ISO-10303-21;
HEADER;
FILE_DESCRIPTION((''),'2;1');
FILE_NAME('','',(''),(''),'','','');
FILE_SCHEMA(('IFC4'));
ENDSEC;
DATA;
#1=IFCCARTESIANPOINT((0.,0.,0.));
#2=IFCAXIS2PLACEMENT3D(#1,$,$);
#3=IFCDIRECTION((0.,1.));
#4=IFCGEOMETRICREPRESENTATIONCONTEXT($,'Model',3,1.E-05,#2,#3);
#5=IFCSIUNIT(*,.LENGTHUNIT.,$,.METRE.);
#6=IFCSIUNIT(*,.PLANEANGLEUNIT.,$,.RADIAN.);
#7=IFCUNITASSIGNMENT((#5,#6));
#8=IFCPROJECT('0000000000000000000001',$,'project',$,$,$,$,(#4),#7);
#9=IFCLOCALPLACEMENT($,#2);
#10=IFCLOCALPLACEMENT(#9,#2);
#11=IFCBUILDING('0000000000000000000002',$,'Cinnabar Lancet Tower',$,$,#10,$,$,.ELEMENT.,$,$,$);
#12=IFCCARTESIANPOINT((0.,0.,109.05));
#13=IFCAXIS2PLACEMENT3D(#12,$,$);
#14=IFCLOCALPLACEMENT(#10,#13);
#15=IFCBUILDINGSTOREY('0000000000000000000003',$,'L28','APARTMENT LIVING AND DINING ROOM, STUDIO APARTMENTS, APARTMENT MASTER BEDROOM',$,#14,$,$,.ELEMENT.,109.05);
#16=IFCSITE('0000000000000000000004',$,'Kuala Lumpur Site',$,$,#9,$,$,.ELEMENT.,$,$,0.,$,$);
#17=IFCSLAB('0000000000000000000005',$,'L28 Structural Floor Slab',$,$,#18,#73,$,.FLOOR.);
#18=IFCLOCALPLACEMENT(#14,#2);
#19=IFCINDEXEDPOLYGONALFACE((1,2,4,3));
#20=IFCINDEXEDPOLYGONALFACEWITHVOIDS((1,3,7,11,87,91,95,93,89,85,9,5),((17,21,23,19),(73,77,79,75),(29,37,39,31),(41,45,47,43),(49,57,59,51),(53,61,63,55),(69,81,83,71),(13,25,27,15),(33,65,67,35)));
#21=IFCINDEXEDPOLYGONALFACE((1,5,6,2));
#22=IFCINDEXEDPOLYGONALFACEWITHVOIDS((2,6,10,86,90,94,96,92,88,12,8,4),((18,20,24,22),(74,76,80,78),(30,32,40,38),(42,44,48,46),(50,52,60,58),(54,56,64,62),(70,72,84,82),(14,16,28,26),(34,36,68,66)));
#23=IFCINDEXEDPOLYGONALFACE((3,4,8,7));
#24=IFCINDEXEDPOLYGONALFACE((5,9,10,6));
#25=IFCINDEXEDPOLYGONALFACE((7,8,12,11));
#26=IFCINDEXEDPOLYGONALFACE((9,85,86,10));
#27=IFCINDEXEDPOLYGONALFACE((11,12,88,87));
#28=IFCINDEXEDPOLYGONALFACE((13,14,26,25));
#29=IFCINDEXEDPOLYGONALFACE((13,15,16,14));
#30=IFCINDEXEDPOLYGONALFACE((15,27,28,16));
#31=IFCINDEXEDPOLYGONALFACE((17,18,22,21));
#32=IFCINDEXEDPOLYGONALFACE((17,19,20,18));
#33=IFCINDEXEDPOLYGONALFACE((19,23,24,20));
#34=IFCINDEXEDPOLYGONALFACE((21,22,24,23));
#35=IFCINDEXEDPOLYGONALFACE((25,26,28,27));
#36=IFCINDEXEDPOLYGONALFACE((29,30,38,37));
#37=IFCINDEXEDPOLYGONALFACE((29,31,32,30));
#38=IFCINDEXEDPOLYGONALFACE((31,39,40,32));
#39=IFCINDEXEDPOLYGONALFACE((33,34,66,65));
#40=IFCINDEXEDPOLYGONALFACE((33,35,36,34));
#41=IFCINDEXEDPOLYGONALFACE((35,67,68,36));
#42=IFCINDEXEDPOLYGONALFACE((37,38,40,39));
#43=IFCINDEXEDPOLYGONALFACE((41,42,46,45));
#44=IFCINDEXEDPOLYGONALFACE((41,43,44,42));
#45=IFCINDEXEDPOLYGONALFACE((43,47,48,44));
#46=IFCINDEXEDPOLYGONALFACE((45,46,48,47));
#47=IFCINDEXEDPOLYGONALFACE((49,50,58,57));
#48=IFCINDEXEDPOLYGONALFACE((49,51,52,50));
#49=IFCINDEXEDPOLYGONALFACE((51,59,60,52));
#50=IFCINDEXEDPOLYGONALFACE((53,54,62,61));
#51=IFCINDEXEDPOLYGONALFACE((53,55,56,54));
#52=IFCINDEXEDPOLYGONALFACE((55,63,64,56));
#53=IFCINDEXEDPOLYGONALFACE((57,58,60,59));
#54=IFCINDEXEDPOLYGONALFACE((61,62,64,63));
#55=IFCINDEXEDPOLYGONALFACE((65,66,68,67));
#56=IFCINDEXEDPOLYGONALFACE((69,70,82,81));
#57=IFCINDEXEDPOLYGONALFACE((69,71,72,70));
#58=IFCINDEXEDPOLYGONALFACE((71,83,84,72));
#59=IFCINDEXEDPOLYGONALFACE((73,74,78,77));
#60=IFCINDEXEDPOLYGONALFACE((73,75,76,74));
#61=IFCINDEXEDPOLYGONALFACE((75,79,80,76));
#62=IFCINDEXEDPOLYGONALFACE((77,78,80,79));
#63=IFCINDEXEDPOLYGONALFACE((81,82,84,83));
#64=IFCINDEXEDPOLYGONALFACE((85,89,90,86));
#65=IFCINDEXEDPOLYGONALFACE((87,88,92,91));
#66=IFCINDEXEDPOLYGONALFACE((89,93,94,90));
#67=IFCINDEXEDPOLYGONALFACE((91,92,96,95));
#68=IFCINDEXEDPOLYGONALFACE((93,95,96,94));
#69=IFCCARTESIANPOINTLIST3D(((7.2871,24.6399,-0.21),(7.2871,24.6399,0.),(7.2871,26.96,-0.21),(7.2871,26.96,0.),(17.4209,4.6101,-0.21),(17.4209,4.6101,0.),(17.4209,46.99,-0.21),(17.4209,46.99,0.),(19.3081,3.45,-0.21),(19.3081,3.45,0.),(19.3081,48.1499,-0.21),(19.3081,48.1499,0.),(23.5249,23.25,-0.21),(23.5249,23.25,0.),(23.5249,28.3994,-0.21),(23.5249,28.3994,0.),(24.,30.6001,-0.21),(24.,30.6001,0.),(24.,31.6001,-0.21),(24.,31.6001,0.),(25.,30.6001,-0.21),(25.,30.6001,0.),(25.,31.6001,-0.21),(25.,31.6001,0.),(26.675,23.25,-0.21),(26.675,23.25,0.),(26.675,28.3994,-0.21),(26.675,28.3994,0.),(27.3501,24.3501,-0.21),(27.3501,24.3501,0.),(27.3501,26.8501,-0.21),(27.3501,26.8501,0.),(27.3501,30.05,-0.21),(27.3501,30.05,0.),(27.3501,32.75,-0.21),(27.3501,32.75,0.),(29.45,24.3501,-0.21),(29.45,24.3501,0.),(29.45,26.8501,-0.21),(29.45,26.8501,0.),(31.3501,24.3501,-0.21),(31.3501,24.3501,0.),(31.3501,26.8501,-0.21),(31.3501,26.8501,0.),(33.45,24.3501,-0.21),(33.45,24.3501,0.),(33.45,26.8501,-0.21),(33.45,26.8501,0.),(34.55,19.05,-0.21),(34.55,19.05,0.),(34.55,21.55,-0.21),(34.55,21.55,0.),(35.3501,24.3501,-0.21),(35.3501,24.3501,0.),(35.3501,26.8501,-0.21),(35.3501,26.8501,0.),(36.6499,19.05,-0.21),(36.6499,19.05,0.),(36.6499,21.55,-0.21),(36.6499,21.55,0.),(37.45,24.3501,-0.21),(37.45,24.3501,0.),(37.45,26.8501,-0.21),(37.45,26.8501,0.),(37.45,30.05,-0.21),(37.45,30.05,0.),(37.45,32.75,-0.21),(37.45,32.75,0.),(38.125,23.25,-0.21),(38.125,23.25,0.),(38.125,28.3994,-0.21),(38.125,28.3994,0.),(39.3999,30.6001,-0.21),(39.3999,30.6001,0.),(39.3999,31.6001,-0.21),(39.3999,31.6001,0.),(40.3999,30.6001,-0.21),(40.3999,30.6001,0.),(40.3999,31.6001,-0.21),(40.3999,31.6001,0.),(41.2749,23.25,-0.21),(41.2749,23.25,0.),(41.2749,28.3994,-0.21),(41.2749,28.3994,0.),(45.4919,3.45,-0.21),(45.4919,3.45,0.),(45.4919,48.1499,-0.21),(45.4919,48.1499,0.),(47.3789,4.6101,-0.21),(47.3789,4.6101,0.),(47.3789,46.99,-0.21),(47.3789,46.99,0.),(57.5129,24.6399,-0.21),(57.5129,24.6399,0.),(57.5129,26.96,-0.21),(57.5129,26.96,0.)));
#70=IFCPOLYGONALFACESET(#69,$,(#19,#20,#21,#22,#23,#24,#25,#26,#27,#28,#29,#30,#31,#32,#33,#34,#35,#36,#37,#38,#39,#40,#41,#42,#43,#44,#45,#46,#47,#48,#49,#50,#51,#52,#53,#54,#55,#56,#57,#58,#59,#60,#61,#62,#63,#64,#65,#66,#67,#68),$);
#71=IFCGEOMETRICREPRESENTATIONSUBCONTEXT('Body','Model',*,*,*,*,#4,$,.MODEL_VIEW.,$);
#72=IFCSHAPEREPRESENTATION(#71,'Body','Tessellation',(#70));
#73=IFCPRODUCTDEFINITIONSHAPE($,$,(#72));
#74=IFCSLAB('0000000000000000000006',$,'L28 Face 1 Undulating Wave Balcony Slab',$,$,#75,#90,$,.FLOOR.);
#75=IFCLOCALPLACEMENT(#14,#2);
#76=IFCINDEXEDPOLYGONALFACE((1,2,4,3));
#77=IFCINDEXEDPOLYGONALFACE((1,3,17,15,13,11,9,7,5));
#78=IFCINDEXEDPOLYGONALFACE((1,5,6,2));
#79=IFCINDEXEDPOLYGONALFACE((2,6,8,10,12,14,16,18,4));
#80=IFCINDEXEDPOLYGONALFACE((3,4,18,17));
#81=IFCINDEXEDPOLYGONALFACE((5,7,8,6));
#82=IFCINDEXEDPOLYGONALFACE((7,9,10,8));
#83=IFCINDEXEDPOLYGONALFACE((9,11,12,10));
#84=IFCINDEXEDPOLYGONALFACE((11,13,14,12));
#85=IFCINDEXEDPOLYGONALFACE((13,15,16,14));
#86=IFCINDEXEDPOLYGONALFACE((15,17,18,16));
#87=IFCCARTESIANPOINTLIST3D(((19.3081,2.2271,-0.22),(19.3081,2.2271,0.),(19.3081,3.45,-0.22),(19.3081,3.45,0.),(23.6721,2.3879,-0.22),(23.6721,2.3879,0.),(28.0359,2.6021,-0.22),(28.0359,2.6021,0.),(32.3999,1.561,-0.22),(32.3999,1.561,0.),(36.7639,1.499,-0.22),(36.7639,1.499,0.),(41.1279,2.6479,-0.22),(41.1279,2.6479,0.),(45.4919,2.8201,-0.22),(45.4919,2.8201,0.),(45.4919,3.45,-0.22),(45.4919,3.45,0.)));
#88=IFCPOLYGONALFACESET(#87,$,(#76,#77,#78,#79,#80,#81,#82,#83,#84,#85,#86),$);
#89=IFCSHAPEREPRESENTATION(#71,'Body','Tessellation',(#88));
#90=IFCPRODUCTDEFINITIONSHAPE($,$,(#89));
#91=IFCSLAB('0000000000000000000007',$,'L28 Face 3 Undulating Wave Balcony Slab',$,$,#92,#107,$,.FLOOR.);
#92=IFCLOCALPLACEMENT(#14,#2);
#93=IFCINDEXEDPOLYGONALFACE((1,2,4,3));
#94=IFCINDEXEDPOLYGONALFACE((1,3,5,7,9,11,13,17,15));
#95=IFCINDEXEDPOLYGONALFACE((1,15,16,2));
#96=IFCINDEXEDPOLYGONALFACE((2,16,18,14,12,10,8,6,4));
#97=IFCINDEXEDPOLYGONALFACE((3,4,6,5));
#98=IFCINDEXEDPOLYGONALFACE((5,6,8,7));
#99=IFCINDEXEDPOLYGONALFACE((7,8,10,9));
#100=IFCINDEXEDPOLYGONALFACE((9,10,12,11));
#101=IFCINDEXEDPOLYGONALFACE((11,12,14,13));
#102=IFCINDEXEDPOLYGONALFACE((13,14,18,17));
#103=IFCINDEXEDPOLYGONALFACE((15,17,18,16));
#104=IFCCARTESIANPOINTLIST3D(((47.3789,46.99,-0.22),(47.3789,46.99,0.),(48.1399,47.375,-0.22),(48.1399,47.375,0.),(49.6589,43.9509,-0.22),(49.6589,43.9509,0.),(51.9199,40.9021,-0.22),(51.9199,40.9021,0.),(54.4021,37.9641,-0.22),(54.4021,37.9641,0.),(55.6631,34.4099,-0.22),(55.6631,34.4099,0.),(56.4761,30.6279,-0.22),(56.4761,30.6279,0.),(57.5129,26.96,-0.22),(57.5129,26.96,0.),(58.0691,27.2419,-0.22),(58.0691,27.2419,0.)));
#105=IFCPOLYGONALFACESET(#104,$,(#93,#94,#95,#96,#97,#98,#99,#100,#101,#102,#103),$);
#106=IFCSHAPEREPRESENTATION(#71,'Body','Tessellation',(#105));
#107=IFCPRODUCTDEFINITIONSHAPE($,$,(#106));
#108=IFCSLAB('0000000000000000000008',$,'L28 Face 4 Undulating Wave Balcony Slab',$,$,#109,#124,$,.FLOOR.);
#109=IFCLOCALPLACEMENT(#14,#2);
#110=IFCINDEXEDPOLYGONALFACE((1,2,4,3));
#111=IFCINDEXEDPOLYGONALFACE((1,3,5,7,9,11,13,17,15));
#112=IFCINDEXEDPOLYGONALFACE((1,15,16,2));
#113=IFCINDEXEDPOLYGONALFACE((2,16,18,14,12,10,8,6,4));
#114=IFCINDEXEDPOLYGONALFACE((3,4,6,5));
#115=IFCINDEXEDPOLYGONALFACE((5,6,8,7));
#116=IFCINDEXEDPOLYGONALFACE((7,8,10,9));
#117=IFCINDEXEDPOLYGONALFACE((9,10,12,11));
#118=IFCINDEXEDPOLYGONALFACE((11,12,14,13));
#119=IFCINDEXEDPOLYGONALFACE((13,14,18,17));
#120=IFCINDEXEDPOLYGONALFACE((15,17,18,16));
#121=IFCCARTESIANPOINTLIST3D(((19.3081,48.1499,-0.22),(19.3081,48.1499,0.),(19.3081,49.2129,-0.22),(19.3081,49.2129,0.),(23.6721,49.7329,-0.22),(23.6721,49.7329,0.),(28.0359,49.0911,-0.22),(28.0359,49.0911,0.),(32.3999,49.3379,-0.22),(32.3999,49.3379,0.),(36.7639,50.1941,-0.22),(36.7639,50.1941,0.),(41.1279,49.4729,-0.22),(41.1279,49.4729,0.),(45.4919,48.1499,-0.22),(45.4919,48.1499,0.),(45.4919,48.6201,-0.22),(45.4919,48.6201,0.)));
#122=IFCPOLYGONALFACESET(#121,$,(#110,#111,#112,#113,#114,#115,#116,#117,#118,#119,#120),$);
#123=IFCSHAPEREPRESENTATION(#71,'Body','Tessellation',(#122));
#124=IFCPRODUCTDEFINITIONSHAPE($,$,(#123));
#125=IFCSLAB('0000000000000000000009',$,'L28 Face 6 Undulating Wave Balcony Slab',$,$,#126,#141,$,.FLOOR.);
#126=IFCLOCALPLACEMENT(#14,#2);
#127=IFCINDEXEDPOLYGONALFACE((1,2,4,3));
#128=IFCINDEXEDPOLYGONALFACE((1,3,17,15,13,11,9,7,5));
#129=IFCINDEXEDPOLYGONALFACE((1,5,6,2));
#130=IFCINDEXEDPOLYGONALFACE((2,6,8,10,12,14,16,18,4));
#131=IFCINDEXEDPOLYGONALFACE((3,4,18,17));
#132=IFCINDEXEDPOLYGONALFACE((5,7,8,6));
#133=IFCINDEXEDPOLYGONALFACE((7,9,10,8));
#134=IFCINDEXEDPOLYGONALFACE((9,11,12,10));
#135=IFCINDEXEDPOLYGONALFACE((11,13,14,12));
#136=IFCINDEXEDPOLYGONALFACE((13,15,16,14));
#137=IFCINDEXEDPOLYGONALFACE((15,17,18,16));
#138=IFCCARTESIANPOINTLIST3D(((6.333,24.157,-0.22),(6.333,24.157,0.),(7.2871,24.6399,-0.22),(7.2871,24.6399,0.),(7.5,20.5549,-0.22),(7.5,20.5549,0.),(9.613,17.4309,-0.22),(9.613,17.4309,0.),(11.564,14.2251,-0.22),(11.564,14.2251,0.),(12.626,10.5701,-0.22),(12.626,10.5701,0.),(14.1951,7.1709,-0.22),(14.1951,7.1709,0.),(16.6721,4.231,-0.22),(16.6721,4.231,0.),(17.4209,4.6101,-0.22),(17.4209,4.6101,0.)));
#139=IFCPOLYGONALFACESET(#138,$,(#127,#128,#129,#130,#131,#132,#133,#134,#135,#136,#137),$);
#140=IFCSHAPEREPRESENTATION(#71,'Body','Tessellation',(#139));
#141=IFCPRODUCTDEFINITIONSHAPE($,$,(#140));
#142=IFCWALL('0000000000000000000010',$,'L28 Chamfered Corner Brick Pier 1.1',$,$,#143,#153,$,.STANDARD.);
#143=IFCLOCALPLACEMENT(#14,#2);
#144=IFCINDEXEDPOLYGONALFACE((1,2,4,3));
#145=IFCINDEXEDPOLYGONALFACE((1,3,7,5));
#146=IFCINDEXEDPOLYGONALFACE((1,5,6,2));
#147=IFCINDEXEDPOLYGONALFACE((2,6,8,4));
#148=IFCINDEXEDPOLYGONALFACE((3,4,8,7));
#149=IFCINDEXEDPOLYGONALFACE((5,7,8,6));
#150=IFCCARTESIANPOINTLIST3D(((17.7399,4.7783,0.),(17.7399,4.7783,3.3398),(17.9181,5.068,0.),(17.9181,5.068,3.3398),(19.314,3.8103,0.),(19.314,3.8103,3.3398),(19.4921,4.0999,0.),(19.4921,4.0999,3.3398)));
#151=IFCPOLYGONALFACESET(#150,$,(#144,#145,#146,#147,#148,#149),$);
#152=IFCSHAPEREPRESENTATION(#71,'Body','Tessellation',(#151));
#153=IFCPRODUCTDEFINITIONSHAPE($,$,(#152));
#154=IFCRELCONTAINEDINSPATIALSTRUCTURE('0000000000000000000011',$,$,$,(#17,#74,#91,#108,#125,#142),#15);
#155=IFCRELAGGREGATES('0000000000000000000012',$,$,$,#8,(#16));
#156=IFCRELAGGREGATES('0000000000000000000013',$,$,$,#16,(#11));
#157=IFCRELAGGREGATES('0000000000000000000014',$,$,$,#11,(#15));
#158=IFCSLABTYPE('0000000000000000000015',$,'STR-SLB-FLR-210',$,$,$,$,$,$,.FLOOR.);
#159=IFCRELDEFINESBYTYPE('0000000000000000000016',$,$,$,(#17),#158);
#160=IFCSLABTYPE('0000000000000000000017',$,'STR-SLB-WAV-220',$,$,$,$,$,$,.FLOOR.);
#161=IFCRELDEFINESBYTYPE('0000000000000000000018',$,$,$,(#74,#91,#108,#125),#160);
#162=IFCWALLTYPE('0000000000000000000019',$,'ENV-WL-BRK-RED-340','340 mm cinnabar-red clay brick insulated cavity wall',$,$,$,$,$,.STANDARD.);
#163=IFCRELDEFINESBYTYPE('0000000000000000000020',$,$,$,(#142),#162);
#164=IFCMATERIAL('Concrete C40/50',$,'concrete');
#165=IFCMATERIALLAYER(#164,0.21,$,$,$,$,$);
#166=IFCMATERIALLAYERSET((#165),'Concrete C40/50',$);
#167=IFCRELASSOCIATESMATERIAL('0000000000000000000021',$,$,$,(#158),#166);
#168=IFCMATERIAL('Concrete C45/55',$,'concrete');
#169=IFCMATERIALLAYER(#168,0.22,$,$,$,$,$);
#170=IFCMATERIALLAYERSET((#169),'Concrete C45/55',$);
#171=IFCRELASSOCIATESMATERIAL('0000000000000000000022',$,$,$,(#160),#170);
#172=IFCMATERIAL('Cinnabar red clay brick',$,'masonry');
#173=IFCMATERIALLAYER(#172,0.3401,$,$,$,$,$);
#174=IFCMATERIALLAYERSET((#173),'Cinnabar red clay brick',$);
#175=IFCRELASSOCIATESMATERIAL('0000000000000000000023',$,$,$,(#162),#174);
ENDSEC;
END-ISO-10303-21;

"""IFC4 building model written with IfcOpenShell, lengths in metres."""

from ifc_helpers import new_model, si_unit, direction, frame, frame_2d, origin, place, context, subcontext, project, spatial, polyline, rectangle, outline, extrude, material, layer, layer_set, type_object, element, save


model = new_model("IFC4")

# Units and contexts
model_context = context("Model", 3, precision=1e-05, world=origin(), true_north=direction((0.0, 1.0)))
body_context = subcontext(model_context, "Body", "Model", "MODEL_VIEW")
ifc_project = project(units=[si_unit("LENGTHUNIT", "METRE"), si_unit("PLANEANGLEUNIT", "RADIAN")], contexts=[model_context])

# Site, building, storey
site_placement = place(None, origin())
site = spatial("IfcSite", under=ifc_project, at=site_placement, Name="Kuala Lumpur Site", CompositionType="ELEMENT", RefElevation=0.0)
building_placement = place(site_placement, origin())
building = spatial("IfcBuilding", under=site, at=building_placement, Name="Cinnabar Lancet Tower", CompositionType="ELEMENT")
storey_placement = place(building_placement, frame((0.0, 0.0, 109.05)))
storey = spatial("IfcBuildingStorey", under=building, at=storey_placement, Name="L28", Description="APARTMENT LIVING AND DINING ROOM, STUDIO APARTMENTS, APARTMENT MASTER BEDROOM", CompositionType="ELEMENT", Elevation=109.05)

# Slabs
ifc_material_1 = material(Name="Concrete C40/50", Category="concrete")
ifc_layer_1 = layer(ifc_material_1, 0.21)
ifc_layer_set_1 = layer_set([ifc_layer_1], Name="Concrete C40/50")
slab_type_1 = type_object("IfcSlabType", Name="STR-SLB-FLR-210", PredefinedType="FLOOR", material=ifc_layer_set_1)
slab_1_placement = place(storey_placement, frame((0.0, 0.0, -0.21)))
element("IfcSlab", 1, at=slab_1_placement, inside=storey, type_object=slab_type_1, Name="L28 Structural Floor Slab", PredefinedType="FLOOR", context=body_context, shape_type="SweptSolid", body=[
    extrude(outline(polyline([(17.4209, 4.6101), (19.3081, 3.45), (45.4919, 3.45), (47.3789, 4.6101), (57.5129, 24.6399), (57.5129, 26.96), (47.3789, 46.99), (45.4919, 48.1499), (19.3081, 48.1499), (17.4209, 46.99), (7.2871, 26.96), (7.2871, 24.6399), (17.4209, 4.6101)]), holes=[polyline([(23.5249, 23.25), (26.675, 23.25), (26.675, 28.3994), (23.5249, 28.3994), (23.5249, 23.25)]), polyline([(38.125, 23.25), (41.2749, 23.25), (41.2749, 28.3994), (38.125, 28.3994), (38.125, 23.25)]), polyline([(27.3501, 30.05), (37.45, 30.05), (37.45, 32.75), (27.3501, 32.75), (27.3501, 30.05)]), polyline([(34.55, 19.05), (36.6499, 19.05), (36.6499, 21.55), (34.55, 21.55), (34.55, 19.05)]), polyline([(27.3501, 24.3501), (29.45, 24.3501), (29.45, 26.8501), (27.3501, 26.8501), (27.3501, 24.3501)]), polyline([(35.3501, 24.3501), (37.45, 24.3501), (37.45, 26.8501), (35.3501, 26.8501), (35.3501, 24.3501)]), polyline([(31.3501, 24.3501), (33.45, 24.3501), (33.45, 26.8501), (31.3501, 26.8501), (31.3501, 24.3501)]), polyline([(24.0, 30.6001), (25.0, 30.6001), (25.0, 31.6001), (24.0, 31.6001), (24.0, 30.6001)]), polyline([(39.3999, 30.6001), (40.3999, 30.6001), (40.3999, 31.6001), (39.3999, 31.6001), (39.3999, 30.6001)])]), origin(), (0.0, 0.0, 1.0), 0.21),
])
ifc_material_2 = material(Name="Concrete C45/55", Category="concrete")
ifc_layer_2 = layer(ifc_material_2, 0.22)
ifc_layer_set_2 = layer_set([ifc_layer_2], Name="Concrete C45/55")
slab_type_2 = type_object("IfcSlabType", Name="STR-SLB-WAV-220", PredefinedType="FLOOR", material=ifc_layer_set_2)
slab_2_placement = place(storey_placement, frame((0.0, 0.0, -0.22)))
element("IfcSlab", 2, at=slab_2_placement, inside=storey, type_object=slab_type_2, Name="L28 Face 1 Undulating Wave Balcony Slab", PredefinedType="FLOOR", context=body_context, shape_type="SweptSolid", body=[
    extrude(outline(polyline([(19.3081, 3.45), (19.3081, 2.2271), (23.6721, 2.3879), (28.0359, 2.6021), (32.3999, 1.561), (36.7639, 1.499), (41.1279, 2.6479), (45.4919, 2.8201), (45.4919, 3.45), (19.3081, 3.45)])), origin(), (0.0, 0.0, 1.0), 0.22),
])
slab_3_placement = place(storey_placement, frame((0.0, 0.0, -0.22)))
element("IfcSlab", 3, at=slab_3_placement, inside=storey, type_object=slab_type_2, Name="L28 Face 3 Undulating Wave Balcony Slab", PredefinedType="FLOOR", context=body_context, shape_type="SweptSolid", body=[
    extrude(outline(polyline([(57.5129, 26.96), (58.0691, 27.2419), (56.4761, 30.6279), (55.6631, 34.4099), (54.4021, 37.9641), (51.9199, 40.9021), (49.6589, 43.9509), (48.1399, 47.375), (47.3789, 46.99), (57.5129, 26.96)])), origin(), (0.0, 0.0, 1.0), 0.22),
])
slab_4_placement = place(storey_placement, frame((0.0, 0.0, -0.22)))
element("IfcSlab", 4, at=slab_4_placement, inside=storey, type_object=slab_type_2, Name="L28 Face 4 Undulating Wave Balcony Slab", PredefinedType="FLOOR", context=body_context, shape_type="SweptSolid", body=[
    extrude(outline(polyline([(45.4919, 48.1499), (45.4919, 48.6201), (41.1279, 49.4729), (36.7639, 50.1941), (32.3999, 49.3379), (28.0359, 49.0911), (23.6721, 49.7329), (19.3081, 49.2129), (19.3081, 48.1499), (45.4919, 48.1499)])), origin(), (0.0, 0.0, 1.0), 0.22),
])
slab_5_placement = place(storey_placement, frame((0.0, 0.0, -0.22)))
element("IfcSlab", 5, at=slab_5_placement, inside=storey, type_object=slab_type_2, Name="L28 Face 6 Undulating Wave Balcony Slab", PredefinedType="FLOOR", context=body_context, shape_type="SweptSolid", body=[
    extrude(outline(polyline([(7.2871, 24.6399), (6.333, 24.157), (7.5, 20.5549), (9.613, 17.4309), (11.564, 14.2251), (12.626, 10.5701), (14.1951, 7.1709), (16.6721, 4.231), (17.4209, 4.6101), (7.2871, 24.6399)])), origin(), (0.0, 0.0, 1.0), 0.22),
])

# Wall
ifc_material_3 = material(Name="Cinnabar red clay brick", Category="masonry")
ifc_layer_3 = layer(ifc_material_3, 0.3401)
ifc_layer_set_3 = layer_set([ifc_layer_3], Name="Cinnabar red clay brick")
wall_type = type_object("IfcWallType", Name="ENV-WL-BRK-RED-340", Description="340 mm cinnabar-red clay brick insulated cavity wall", PredefinedType="STANDARD", material=ifc_layer_set_3)
wall_1_placement = place(storey_placement, frame((17.8291, 4.9231, 0.0), z_axis=(0.0, 0.0, 1.0), x_axis=(0.851799, -0.523869, 0.0)))
element("IfcWall", 6, at=wall_1_placement, inside=storey, type_object=wall_type, Name="L28 Chamfered Corner Brick Pier 1.1", PredefinedType="STANDARD", context=body_context, shape_type="SweptSolid", body=[
    extrude(rectangle(XDim=1.8479, YDim=0.3401, at=frame_2d((0.9238, 0.0))), origin(), (0.0, 0.0, 1.0), 3.3398),
])

save(model, "model.ifc")
